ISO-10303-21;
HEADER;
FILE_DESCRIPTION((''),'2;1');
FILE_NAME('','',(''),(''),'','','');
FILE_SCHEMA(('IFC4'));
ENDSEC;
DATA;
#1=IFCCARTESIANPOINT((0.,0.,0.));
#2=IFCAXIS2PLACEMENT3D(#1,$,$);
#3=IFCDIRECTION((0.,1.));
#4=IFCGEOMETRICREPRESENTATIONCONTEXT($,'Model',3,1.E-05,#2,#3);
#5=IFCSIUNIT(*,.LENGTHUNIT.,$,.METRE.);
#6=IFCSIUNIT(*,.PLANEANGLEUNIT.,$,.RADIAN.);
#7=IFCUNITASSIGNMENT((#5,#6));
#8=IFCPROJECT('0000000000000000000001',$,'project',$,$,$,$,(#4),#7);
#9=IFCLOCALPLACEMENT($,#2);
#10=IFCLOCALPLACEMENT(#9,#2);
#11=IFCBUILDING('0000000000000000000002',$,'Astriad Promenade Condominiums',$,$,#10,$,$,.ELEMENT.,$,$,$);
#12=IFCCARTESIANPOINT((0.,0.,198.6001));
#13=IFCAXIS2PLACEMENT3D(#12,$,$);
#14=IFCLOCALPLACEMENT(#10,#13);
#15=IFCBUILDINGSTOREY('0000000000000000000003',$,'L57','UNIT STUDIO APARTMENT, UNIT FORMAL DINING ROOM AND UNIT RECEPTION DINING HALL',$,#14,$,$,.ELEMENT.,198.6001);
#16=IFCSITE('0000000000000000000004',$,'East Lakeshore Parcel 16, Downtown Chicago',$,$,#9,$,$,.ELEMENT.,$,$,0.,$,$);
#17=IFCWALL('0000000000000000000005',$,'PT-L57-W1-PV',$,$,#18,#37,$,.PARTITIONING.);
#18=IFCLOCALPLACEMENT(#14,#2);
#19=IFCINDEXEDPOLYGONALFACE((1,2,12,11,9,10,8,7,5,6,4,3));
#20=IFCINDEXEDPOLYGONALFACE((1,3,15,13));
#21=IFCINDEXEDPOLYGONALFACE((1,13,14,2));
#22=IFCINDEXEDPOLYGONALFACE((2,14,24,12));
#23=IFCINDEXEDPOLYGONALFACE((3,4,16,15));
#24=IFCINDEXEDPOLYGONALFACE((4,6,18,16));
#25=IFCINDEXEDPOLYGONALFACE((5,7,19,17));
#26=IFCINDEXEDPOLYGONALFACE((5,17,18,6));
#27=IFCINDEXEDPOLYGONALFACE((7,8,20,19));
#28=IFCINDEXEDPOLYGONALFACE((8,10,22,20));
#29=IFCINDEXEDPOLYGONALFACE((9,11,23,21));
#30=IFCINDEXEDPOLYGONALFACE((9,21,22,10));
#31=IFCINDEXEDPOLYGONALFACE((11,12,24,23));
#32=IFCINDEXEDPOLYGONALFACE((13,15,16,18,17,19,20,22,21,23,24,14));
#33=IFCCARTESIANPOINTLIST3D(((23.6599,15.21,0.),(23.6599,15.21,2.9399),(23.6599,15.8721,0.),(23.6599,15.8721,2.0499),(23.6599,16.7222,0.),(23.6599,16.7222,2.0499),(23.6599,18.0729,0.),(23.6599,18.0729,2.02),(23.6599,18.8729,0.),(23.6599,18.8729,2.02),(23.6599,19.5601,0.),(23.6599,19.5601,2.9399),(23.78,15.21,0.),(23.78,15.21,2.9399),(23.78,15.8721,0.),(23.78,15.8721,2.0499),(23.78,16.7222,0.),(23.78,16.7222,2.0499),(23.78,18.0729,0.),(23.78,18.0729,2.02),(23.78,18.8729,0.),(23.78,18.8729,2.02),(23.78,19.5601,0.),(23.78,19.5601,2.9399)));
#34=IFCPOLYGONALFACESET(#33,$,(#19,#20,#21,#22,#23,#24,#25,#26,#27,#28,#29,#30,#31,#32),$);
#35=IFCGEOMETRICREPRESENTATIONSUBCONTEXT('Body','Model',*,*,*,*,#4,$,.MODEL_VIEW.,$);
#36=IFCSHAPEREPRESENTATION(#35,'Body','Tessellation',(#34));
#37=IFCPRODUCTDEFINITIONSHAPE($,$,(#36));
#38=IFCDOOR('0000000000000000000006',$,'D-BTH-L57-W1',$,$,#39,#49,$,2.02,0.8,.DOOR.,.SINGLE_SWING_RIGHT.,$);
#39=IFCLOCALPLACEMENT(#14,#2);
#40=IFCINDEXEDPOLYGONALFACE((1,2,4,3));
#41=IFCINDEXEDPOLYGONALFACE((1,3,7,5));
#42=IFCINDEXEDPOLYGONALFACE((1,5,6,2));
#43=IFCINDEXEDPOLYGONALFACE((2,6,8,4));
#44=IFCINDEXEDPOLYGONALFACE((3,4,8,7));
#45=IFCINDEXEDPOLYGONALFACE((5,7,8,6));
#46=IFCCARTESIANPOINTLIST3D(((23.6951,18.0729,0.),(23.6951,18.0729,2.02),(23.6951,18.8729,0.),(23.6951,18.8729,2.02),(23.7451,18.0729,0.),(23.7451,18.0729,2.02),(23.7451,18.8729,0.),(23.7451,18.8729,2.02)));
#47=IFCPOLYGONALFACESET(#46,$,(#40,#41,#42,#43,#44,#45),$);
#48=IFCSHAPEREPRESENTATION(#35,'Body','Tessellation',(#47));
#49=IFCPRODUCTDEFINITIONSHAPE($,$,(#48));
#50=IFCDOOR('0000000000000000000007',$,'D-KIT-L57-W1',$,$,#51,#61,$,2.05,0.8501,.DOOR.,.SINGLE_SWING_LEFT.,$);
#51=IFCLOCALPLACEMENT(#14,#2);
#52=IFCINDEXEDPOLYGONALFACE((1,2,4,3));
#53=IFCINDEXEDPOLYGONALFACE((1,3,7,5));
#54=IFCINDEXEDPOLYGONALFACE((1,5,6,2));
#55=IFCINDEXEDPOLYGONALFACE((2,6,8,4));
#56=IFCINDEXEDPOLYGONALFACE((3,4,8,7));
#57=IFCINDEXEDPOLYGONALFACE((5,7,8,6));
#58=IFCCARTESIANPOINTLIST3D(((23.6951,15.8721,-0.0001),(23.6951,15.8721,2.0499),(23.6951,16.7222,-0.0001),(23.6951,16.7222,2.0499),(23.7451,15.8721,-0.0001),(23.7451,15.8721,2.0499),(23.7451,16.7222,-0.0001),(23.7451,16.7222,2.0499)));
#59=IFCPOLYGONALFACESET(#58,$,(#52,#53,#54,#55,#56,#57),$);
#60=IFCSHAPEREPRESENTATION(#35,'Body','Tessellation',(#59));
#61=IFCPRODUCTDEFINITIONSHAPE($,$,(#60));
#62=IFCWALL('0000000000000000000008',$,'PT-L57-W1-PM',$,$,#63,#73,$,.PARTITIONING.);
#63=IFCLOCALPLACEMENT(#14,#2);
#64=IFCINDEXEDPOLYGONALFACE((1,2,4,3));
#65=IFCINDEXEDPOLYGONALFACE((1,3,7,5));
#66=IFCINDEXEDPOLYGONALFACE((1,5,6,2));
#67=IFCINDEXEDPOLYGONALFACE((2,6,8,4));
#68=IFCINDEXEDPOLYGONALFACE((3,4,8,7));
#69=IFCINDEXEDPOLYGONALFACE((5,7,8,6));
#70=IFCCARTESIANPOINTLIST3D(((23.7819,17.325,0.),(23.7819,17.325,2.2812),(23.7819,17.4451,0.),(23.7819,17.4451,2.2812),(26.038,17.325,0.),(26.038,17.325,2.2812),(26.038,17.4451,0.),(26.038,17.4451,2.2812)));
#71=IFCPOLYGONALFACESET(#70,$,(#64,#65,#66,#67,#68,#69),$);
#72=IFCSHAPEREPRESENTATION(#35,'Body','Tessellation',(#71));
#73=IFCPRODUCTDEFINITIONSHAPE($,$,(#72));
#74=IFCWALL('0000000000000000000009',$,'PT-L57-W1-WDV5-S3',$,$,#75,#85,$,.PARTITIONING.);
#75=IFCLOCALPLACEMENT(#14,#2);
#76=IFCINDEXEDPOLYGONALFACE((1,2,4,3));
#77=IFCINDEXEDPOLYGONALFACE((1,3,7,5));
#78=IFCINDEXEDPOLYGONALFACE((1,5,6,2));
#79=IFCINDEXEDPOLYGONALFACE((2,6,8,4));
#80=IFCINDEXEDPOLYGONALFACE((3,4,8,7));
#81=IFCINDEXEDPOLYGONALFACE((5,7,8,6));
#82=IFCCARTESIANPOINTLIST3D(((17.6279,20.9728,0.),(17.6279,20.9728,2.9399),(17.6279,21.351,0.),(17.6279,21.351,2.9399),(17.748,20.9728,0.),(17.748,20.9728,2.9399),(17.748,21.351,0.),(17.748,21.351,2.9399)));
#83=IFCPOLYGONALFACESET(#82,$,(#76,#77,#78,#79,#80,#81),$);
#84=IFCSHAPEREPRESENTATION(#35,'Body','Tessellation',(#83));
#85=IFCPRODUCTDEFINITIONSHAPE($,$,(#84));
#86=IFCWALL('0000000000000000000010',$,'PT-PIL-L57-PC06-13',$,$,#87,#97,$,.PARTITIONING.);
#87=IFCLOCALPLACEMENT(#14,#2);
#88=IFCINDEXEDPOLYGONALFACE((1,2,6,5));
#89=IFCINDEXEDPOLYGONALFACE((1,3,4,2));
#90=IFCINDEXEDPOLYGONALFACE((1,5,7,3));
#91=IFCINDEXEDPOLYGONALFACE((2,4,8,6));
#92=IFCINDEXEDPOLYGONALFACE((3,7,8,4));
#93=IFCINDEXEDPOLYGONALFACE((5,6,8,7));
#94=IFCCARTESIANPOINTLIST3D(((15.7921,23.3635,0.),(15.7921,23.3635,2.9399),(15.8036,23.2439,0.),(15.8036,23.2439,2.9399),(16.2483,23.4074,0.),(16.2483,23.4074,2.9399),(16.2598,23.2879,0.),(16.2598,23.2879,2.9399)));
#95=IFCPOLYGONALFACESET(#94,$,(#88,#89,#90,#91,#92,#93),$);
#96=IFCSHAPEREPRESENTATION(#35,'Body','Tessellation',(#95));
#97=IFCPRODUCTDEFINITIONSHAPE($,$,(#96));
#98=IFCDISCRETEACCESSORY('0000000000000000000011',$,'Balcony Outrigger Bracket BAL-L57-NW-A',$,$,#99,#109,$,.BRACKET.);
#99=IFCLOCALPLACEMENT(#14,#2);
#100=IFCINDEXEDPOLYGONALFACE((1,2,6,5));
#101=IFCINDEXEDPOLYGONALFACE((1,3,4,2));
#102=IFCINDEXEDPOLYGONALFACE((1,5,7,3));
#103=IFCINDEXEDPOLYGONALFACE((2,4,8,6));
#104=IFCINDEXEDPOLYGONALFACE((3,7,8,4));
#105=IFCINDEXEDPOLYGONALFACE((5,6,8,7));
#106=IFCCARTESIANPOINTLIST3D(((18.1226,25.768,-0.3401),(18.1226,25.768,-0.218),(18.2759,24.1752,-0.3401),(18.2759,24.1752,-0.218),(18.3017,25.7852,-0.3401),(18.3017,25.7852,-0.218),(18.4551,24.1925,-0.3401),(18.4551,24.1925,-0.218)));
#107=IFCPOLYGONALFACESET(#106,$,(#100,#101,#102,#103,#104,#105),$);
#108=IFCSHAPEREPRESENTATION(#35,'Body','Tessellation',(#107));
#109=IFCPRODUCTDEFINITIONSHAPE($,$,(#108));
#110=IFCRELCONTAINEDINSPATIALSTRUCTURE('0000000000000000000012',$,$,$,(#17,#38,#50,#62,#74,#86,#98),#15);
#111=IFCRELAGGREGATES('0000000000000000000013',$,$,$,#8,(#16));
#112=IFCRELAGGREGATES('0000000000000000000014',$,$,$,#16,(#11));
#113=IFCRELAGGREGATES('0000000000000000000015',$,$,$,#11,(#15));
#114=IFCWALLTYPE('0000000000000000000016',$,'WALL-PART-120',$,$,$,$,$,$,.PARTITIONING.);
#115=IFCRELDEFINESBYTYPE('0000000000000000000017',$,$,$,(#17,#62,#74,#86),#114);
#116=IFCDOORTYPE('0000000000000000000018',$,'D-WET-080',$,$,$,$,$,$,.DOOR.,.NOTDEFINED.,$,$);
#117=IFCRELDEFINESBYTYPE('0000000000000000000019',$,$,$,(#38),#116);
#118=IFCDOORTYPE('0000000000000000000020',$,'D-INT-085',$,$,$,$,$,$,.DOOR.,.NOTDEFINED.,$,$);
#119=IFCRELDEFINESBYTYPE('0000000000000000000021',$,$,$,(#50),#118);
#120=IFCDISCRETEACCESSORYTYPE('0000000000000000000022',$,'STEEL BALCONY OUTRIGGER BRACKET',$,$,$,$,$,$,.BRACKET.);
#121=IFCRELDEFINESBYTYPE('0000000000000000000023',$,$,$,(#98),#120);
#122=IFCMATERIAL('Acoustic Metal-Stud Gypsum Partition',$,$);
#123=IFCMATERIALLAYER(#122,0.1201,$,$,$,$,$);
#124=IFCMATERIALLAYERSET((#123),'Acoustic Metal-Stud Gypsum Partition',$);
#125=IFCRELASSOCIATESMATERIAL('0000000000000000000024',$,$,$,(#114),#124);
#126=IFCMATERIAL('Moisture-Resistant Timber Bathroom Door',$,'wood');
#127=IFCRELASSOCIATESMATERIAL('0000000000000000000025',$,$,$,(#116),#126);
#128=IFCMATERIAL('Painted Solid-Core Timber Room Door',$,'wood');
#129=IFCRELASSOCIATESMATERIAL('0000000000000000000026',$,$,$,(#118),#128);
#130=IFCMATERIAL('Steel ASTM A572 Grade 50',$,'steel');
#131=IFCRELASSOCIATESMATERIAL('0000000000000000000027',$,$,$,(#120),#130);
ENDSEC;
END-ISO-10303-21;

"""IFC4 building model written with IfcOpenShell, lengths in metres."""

from ifc_helpers import new_model, si_unit, direction, frame, frame_2d, origin, origin_2d, place, context, subcontext, project, spatial, rectangle, extrude, source, transform, mapped, material, layer, layer_set, type_object, type_shapes, element, fill, save


model = new_model("IFC4")

# Units and contexts
model_context = context("Model", 3, precision=1e-05, world=origin(), true_north=direction((0.0, 1.0)))
body_context = subcontext(model_context, "Body", "Model", "MODEL_VIEW")
ifc_project = project(units=[si_unit("LENGTHUNIT", "METRE"), si_unit("PLANEANGLEUNIT", "RADIAN")], contexts=[model_context])

# Site, building, storey
site_placement = place(None, origin())
site = spatial("IfcSite", under=ifc_project, at=site_placement, Name="East Lakeshore Parcel 16, Downtown Chicago", CompositionType="ELEMENT", RefElevation=0.0)
building_placement = place(site_placement, origin())
building = spatial("IfcBuilding", under=site, at=building_placement, Name="Astriad Promenade Condominiums", CompositionType="ELEMENT")
storey_placement = place(building_placement, frame((0.0, 0.0, 198.6001)))
storey = spatial("IfcBuildingStorey", under=building, at=storey_placement, Name="L57", Description="UNIT STUDIO APARTMENT, UNIT FORMAL DINING ROOM AND UNIT RECEPTION DINING HALL", CompositionType="ELEMENT", Elevation=198.6001)

# Wall, openings, doors
ifc_material_1 = material(Name="Acoustic Metal-Stud Gypsum Partition")
ifc_layer_1 = layer(ifc_material_1, 0.1201)
ifc_layer_set_1 = layer_set([ifc_layer_1], Name="Acoustic Metal-Stud Gypsum Partition")
wall_type_1 = type_object("IfcWallType", Name="WALL-PART-120", PredefinedType="PARTITIONING", material=ifc_layer_set_1)
wall_1_placement = place(storey_placement, frame((23.72, 15.21, 0.0), z_axis=(0.0, 0.0, 1.0), x_axis=(0.0, 1.0, 0.0)))
wall_1 = element("IfcWall", 1, at=wall_1_placement, inside=storey, type_object=wall_type_1, Name="PT-L57-W1-PV", PredefinedType="PARTITIONING", context=body_context, shape_type="SweptSolid", body=[
    extrude(rectangle(XDim=4.3501, YDim=0.1201, at=frame_2d((2.175, 0.0))), origin(), (0.0, 0.0, 1.0), 2.9399),
])
opening_1_placement = place(wall_1_placement, frame((0.6621, 0.0, 0.0)))
opening_1 = element("IfcOpeningElement", 2, at=opening_1_placement, cuts=wall_1, PredefinedType="OPENING", context=body_context, shape_type="SweptSolid", body=[
    extrude(rectangle(XDim=0.8501, YDim=2.05, at=frame_2d((0.425, 1.0249))), frame((0.0, 0.0701, 0.0), z_axis=(0.0, -1.0, 0.0), x_axis=(1.0, 0.0, 0.0)), (0.0, 0.0, 1.0), 0.1401),
])
opening_2_placement = place(wall_1_placement, frame((2.863, 0.0, 0.0)))
opening_2 = element("IfcOpeningElement", 3, at=opening_2_placement, cuts=wall_1, PredefinedType="OPENING", context=body_context, shape_type="SweptSolid", body=[
    extrude(rectangle(XDim=0.8, YDim=2.02, at=frame_2d((0.3999, 1.01))), frame((0.0, 0.0701, 0.0), z_axis=(0.0, -1.0, 0.0), x_axis=(1.0, 0.0, 0.0)), (0.0, 0.0, 1.0), 0.1401),
])
ifc_material_2 = material(Name="Moisture-Resistant Timber Bathroom Door", Category="wood")
door_type_1 = type_object("IfcDoorType", Name="D-WET-080", OperationType="NOTDEFINED", PredefinedType="DOOR", material=ifc_material_2)
shared_shape_1 = source(origin(), body_context, "Body", "SweptSolid", [
    extrude(rectangle(XDim=0.8, YDim=2.02, at=frame_2d((0.3999, 1.01))), frame((0.0, 0.0249, 0.0), z_axis=(0.0, -1.0, 0.0), x_axis=(1.0, 0.0, 0.0)), (0.0, 0.0, 1.0), 0.05),
])
type_shapes(door_type_1, [shared_shape_1])
door_1_placement = place(opening_2_placement, origin())
door_1 = element("IfcDoor", 4, at=door_1_placement, inside=storey, type_object=door_type_1, Name="D-BTH-L57-W1", OperationType="SINGLE_SWING_RIGHT", OverallHeight=2.02, OverallWidth=0.8, PredefinedType="DOOR", context=body_context, shape_type="MappedRepresentation", body=[
    mapped(shared_shape_1, transform((0.0, 0.0, 0.0), scale=1.0)),
])
fill(opening_2, door_1)
ifc_material_3 = material(Name="Painted Solid-Core Timber Room Door", Category="wood")
door_type_2 = type_object("IfcDoorType", Name="D-INT-085", OperationType="NOTDEFINED", PredefinedType="DOOR", material=ifc_material_3)
shared_shape_2 = source(origin(), body_context, "Body", "SweptSolid", [
    extrude(rectangle(XDim=0.8501, YDim=2.05, at=frame_2d((0.425, 1.0249))), frame((0.0, 0.0249, 0.0), z_axis=(0.0, -1.0, 0.0), x_axis=(1.0, 0.0, 0.0)), (0.0, 0.0, 1.0), 0.05),
])
type_shapes(door_type_2, [shared_shape_2])
door_2_placement = place(opening_1_placement, origin())
door_2 = element("IfcDoor", 5, at=door_2_placement, inside=storey, type_object=door_type_2, Name="D-KIT-L57-W1", OperationType="SINGLE_SWING_LEFT", OverallHeight=2.05, OverallWidth=0.8501, PredefinedType="DOOR", context=body_context, shape_type="MappedRepresentation", body=[
    mapped(shared_shape_2, transform((0.0, 0.0, 0.0), scale=1.0)),
])
fill(opening_1, door_2)

# Walls
wall_2_placement = place(storey_placement, frame((23.782, 17.385, 0.0), z_axis=(0.0, 0.0, 1.0), x_axis=(1.0, 0.0, 0.0)))
element("IfcWall", 6, at=wall_2_placement, inside=storey, type_object=wall_type_1, Name="PT-L57-W1-PM", PredefinedType="PARTITIONING", context=body_context, shape_type="SweptSolid", body=[
    extrude(rectangle(XDim=2.2561, YDim=0.1201, at=frame_2d((1.1279, 0.0))), origin(), (0.0, 0.0, 1.0), 2.2812),
])
wall_3_placement = place(storey_placement, frame((17.688, 20.9729, 0.0), z_axis=(0.0, 0.0, 1.0), x_axis=(0.0, 1.0, 0.0)))
element("IfcWall", 7, at=wall_3_placement, inside=storey, type_object=wall_type_1, Name="PT-L57-W1-WDV5-S3", PredefinedType="PARTITIONING", context=body_context, shape_type="SweptSolid", body=[
    extrude(rectangle(XDim=0.3782, YDim=0.1201, at=frame_2d((0.189, 0.0))), origin(), (0.0, 0.0, 1.0), 2.9399),
])
wall_4_placement = place(storey_placement, frame((16.2539, 23.3477, 0.0), z_axis=(0.0, 0.0, 1.0), x_axis=(-0.995389, -0.095915, 0.0)))
element("IfcWall", 8, at=wall_4_placement, inside=storey, type_object=wall_type_1, Name="PT-PIL-L57-PC06-13", PredefinedType="PARTITIONING", context=body_context, shape_type="SweptSolid", body=[
    extrude(rectangle(XDim=0.4583, YDim=0.1201, at=frame_2d((0.229, 0.0))), origin(), (0.0, 0.0, 1.0), 2.9399),
])

# Discrete accessory
ifc_material_4 = material(Name="Steel ASTM A572 Grade 50", Category="steel")
discrete_accessory_type = type_object("IfcDiscreteAccessoryType", Name="STEEL BALCONY OUTRIGGER BRACKET", PredefinedType="BRACKET", material=ifc_material_4)
shared_shape_3 = source(origin(), body_context, "Body", "SweptSolid", [
    extrude(rectangle(XDim=1.6001, YDim=0.1799, at=origin_2d()), origin(), (0.0, 0.0, 1.0), 0.1221),
])
type_shapes(discrete_accessory_type, [shared_shape_3])
discrete_accessory_placement = place(storey_placement, frame((18.2888, 24.9802, -0.3401), z_axis=(0.0, 0.0, 1.0), x_axis=(-0.095846, 0.995396, 0.0)))
element("IfcDiscreteAccessory", 9, at=discrete_accessory_placement, inside=storey, type_object=discrete_accessory_type, Name="Balcony Outrigger Bracket BAL-L57-NW-A", PredefinedType="BRACKET", context=body_context, shape_type="MappedRepresentation", body=[
    mapped(shared_shape_3, transform((0.0, 0.0, 0.0), scale=1.0)),
])

save(model, "model.ifc")
